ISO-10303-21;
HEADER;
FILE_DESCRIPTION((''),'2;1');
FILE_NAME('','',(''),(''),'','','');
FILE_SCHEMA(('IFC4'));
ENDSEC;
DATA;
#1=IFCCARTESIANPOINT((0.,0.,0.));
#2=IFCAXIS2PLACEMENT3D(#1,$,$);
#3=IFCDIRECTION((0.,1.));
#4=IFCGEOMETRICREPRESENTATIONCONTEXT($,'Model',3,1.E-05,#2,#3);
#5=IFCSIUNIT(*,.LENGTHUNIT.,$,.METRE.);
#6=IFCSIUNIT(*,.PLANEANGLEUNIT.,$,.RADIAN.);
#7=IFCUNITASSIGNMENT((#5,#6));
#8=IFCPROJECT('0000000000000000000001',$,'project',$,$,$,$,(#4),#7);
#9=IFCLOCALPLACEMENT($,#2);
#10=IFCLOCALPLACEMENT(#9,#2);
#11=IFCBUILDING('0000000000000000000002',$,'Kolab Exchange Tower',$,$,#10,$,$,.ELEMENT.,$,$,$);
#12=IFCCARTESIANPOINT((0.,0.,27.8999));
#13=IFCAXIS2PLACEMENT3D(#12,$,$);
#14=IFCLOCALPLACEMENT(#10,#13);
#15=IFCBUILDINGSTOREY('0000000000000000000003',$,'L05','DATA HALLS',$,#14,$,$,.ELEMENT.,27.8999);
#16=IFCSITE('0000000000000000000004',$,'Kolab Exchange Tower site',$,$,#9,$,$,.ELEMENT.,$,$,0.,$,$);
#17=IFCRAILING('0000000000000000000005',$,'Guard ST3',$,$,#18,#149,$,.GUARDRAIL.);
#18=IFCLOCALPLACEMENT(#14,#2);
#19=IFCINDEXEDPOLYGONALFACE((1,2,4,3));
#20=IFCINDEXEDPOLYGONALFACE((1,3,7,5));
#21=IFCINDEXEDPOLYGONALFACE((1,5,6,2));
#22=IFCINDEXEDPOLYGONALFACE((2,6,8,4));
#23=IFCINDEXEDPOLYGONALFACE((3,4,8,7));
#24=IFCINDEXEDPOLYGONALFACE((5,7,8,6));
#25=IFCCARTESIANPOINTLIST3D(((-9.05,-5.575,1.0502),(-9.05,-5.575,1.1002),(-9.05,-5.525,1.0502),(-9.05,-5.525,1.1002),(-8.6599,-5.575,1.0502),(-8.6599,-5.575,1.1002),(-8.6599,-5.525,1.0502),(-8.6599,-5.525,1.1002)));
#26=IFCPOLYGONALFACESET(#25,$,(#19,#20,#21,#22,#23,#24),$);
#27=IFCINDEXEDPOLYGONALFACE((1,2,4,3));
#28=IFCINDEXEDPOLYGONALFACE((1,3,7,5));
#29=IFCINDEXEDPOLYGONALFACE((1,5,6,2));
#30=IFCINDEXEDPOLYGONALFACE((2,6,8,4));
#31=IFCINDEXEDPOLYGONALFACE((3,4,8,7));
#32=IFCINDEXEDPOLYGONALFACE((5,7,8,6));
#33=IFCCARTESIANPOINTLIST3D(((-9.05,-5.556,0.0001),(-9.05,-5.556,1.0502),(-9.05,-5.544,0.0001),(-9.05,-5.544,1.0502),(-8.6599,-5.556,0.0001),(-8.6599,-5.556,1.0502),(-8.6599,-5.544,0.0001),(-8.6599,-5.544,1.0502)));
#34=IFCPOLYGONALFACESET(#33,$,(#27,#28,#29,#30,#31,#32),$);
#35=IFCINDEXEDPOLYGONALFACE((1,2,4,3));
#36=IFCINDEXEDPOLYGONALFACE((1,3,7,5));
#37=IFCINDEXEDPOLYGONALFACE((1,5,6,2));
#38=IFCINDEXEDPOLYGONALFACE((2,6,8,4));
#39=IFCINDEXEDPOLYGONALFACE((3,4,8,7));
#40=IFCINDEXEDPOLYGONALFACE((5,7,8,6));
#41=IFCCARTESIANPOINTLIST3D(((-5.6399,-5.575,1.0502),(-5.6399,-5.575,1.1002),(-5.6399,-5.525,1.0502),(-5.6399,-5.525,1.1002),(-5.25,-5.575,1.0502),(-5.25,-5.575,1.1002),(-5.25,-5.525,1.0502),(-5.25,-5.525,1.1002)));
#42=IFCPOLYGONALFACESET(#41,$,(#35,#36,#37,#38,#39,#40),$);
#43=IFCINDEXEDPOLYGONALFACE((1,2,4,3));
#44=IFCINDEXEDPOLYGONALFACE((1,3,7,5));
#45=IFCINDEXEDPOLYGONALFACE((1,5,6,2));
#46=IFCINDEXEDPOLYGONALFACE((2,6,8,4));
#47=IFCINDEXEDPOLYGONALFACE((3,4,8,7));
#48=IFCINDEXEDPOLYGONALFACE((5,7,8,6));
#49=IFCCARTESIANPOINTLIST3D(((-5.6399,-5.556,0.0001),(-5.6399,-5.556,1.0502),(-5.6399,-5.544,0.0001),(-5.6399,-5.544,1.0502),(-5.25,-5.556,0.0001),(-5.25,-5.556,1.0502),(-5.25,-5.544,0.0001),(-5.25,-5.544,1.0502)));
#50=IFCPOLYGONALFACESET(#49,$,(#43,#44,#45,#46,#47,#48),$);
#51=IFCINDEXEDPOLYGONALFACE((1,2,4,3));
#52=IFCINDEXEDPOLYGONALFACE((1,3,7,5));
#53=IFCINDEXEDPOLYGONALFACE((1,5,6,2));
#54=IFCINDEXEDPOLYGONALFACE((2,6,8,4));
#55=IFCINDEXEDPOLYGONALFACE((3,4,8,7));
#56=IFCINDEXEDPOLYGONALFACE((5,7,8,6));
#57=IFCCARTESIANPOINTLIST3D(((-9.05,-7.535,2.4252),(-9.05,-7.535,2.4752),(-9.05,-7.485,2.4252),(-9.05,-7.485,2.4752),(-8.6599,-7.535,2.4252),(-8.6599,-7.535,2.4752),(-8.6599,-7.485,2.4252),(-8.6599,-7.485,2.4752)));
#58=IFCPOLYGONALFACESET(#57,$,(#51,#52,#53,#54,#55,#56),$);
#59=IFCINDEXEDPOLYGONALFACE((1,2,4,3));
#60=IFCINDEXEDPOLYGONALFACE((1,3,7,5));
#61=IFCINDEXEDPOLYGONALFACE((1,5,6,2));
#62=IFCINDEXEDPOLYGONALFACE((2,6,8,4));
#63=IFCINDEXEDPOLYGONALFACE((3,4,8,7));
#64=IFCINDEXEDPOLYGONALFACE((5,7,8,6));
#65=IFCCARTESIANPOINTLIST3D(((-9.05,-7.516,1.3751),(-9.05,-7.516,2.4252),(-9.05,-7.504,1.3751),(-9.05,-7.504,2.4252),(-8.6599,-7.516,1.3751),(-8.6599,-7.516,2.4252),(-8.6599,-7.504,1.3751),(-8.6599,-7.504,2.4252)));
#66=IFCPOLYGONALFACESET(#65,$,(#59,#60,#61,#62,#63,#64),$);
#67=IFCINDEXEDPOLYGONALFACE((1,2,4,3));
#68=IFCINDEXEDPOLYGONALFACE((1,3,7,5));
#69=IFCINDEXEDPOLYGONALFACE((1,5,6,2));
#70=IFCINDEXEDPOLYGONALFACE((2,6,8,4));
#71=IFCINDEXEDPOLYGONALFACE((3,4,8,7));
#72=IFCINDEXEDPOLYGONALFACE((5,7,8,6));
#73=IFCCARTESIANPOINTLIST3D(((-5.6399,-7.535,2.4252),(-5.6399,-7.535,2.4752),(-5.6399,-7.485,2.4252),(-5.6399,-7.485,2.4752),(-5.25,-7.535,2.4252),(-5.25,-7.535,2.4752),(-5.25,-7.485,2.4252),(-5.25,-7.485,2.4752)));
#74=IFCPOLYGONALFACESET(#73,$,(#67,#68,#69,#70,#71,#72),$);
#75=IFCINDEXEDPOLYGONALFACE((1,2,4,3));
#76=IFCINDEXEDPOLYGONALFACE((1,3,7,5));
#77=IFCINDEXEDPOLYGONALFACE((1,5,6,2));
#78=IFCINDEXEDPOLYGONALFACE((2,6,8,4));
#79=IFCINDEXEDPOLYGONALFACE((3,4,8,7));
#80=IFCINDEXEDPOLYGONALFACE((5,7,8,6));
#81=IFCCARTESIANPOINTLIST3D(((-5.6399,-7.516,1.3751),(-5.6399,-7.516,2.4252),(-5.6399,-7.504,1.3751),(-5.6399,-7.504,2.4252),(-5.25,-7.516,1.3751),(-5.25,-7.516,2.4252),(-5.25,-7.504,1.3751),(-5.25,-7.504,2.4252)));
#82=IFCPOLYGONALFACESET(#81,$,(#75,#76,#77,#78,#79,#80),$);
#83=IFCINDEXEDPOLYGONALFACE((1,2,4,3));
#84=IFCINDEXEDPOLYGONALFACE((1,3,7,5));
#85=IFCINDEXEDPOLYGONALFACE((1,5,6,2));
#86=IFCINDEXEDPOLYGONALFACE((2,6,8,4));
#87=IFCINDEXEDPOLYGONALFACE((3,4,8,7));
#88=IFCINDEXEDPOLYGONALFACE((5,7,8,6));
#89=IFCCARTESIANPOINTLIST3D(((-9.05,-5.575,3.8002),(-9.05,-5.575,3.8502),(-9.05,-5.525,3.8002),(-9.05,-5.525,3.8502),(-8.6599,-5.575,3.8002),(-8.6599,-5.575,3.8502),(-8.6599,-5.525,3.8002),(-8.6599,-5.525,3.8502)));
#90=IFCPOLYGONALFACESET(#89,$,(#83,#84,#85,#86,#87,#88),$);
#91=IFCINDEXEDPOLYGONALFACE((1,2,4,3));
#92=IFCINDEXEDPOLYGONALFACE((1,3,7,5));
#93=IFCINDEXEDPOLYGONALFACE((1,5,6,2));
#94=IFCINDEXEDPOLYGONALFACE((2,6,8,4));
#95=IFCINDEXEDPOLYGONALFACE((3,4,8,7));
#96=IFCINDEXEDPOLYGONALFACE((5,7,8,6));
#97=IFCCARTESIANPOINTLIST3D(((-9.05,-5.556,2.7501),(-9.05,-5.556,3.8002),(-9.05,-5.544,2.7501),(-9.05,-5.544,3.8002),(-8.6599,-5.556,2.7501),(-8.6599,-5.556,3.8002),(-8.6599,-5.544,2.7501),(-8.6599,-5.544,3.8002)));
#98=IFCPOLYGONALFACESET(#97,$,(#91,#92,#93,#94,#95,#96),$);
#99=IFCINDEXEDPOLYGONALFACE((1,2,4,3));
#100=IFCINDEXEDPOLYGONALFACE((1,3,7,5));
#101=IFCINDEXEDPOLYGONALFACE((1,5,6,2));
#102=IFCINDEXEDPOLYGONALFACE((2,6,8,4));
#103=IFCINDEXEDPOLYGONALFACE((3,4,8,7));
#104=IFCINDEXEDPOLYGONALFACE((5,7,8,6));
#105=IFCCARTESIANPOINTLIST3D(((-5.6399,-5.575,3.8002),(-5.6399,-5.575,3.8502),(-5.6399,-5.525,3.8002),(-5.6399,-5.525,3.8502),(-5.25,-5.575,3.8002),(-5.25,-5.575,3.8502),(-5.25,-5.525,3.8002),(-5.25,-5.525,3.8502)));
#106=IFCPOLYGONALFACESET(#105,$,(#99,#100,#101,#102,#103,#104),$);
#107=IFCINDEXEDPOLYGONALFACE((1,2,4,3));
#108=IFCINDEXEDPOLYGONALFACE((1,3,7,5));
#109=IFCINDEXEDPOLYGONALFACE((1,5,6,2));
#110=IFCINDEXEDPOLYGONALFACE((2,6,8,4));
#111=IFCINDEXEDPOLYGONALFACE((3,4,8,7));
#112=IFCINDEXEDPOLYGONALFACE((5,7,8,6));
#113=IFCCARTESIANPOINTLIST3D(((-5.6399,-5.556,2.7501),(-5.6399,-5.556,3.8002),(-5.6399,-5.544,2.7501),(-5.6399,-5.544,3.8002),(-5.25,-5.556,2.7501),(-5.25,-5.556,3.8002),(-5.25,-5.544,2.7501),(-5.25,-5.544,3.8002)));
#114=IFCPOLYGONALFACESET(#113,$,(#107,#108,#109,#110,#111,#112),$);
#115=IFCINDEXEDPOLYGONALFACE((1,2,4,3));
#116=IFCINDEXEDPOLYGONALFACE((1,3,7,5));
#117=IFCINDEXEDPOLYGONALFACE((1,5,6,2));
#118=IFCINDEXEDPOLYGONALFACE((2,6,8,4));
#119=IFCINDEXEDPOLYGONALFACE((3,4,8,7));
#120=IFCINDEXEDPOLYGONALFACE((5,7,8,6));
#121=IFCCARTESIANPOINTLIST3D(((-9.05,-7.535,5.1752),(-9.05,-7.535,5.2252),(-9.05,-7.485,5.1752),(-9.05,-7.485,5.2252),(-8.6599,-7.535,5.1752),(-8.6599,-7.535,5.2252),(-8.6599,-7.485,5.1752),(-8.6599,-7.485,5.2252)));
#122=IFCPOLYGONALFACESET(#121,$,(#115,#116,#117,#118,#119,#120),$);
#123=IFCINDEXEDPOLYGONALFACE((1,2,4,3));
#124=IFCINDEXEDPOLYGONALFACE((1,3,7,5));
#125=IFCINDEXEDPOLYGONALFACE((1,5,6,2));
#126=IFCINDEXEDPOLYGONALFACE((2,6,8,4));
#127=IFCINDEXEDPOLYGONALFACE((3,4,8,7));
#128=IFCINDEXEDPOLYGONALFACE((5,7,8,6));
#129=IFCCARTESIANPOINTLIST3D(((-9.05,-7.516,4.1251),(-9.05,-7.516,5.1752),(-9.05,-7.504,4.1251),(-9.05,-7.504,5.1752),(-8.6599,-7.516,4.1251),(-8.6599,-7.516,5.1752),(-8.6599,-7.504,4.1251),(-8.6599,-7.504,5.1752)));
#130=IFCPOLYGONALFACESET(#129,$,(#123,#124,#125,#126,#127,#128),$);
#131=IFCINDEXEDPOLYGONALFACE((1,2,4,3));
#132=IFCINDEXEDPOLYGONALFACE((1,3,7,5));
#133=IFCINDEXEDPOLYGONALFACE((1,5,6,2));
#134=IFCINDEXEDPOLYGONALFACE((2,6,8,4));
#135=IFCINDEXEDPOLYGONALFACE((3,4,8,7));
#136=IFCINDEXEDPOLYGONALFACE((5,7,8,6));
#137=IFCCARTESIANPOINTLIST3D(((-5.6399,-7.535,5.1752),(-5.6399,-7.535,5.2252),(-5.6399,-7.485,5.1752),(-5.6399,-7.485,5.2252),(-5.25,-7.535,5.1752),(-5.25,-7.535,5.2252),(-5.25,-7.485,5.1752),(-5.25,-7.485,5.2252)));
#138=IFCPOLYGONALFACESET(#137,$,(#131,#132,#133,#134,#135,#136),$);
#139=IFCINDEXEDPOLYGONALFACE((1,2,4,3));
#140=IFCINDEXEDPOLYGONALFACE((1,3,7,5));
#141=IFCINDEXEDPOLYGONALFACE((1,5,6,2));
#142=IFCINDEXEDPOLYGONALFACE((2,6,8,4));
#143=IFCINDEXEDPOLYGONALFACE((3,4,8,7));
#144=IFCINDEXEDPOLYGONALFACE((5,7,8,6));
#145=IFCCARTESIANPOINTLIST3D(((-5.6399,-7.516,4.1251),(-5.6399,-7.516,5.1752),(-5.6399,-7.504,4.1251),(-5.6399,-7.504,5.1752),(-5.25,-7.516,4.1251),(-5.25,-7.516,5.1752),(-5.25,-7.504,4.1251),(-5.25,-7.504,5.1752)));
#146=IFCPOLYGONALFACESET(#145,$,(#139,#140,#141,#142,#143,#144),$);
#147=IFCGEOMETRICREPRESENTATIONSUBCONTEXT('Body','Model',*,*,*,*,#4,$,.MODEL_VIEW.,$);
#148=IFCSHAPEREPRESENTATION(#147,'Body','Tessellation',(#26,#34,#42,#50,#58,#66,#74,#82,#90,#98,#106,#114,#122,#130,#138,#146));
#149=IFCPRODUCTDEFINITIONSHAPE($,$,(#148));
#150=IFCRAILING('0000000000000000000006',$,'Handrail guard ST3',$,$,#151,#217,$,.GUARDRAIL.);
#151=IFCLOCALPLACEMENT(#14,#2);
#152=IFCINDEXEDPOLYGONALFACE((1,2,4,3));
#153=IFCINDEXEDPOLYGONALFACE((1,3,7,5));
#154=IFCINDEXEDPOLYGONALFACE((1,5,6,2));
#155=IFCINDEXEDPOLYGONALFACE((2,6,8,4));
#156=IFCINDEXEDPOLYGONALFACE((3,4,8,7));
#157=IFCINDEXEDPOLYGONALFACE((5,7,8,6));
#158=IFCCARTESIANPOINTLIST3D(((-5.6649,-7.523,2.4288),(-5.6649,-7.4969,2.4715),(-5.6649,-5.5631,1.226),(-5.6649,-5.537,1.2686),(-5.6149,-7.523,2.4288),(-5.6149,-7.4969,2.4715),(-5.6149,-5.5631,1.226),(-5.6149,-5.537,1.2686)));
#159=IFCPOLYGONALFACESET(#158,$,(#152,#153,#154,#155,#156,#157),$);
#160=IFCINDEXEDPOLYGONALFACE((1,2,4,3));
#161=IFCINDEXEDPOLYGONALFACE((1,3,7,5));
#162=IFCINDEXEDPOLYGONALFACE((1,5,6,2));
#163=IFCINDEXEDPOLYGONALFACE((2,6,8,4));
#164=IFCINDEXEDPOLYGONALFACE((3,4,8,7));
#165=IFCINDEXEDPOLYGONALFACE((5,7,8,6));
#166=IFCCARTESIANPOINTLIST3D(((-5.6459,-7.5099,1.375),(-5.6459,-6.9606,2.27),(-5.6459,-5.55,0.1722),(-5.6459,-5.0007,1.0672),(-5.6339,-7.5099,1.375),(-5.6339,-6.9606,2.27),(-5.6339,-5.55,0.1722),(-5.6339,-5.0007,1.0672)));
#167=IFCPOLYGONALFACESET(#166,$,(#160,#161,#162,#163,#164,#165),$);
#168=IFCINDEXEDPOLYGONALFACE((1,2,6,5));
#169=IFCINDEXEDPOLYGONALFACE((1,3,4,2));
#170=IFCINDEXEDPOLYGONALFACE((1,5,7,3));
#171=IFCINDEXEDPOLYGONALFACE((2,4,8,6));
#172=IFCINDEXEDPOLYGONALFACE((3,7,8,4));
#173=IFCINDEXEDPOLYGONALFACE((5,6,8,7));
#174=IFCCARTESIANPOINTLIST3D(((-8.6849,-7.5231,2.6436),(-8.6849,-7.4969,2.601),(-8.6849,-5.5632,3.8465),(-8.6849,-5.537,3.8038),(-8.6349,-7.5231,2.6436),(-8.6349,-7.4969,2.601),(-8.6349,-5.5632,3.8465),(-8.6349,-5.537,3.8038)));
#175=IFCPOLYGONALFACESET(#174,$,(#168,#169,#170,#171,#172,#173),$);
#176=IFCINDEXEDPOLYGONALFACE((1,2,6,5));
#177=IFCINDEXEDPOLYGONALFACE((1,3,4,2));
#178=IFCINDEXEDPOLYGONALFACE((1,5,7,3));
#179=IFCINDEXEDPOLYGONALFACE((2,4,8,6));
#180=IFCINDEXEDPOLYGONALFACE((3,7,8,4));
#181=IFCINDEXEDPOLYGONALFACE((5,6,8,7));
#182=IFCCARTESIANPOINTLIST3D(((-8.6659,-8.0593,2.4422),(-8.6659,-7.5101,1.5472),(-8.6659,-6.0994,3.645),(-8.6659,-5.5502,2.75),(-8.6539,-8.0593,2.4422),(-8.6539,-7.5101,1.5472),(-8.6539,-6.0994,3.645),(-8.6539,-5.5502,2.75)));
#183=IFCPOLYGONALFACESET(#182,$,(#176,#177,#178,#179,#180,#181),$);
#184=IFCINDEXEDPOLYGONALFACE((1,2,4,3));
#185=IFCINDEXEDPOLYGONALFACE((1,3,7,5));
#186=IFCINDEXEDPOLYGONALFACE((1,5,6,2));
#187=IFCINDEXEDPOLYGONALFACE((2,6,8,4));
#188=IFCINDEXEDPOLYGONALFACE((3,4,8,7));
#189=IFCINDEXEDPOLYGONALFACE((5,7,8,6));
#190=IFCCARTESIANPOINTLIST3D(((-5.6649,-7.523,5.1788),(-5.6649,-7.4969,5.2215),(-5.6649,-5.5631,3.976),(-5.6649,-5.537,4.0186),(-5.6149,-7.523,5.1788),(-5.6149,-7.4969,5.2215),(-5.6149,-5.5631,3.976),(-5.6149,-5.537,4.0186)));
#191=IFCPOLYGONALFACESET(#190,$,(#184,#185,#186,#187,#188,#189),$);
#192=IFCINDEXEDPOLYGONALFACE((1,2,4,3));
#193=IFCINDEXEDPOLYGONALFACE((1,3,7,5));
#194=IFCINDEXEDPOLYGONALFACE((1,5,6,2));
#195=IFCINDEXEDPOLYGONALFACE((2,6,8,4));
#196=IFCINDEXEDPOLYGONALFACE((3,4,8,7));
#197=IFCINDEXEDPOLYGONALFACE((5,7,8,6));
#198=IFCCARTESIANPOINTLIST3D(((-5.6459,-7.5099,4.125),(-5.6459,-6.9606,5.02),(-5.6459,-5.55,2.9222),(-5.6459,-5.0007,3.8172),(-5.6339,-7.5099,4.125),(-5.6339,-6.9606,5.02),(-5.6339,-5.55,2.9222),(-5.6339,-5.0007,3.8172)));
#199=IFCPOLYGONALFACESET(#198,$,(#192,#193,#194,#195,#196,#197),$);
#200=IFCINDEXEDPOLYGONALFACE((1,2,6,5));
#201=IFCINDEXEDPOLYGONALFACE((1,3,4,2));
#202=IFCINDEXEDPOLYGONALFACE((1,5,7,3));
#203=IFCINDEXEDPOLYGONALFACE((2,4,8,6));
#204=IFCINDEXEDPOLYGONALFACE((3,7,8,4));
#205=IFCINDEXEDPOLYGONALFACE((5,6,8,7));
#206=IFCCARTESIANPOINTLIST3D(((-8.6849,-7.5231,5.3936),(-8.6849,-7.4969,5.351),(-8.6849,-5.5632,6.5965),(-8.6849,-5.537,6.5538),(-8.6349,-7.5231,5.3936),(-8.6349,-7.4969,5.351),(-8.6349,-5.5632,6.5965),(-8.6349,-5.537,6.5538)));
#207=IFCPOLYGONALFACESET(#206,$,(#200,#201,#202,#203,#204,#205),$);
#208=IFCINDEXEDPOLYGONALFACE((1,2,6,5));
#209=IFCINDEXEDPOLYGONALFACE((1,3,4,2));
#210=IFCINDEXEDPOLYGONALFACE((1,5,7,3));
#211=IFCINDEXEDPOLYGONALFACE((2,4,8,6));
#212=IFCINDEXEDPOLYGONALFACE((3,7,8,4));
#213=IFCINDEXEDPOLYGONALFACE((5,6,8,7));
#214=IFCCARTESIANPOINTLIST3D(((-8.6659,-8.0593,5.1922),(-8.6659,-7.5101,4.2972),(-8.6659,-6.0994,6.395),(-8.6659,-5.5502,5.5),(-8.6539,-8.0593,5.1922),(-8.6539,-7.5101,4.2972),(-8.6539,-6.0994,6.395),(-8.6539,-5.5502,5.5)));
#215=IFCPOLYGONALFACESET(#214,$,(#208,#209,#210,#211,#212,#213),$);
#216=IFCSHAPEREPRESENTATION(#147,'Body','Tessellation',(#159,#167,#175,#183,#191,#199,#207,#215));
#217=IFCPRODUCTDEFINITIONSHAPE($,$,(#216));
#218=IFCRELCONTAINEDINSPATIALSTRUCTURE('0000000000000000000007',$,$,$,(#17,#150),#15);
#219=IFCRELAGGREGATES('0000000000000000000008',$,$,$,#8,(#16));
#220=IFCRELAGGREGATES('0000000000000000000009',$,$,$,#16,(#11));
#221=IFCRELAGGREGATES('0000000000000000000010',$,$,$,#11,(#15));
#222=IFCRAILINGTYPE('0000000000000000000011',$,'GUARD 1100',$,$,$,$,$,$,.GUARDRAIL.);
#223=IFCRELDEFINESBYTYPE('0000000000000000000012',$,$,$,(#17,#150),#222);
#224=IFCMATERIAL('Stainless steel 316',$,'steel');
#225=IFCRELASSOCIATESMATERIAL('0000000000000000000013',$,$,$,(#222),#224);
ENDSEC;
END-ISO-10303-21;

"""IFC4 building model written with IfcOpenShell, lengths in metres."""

from ifc_helpers import new_model, si_unit, direction, frame, frame_2d, origin, origin_2d, place, context, subcontext, project, spatial, rectangle, extrude, material, type_object, element, save


model = new_model("IFC4")

# Units and contexts
model_context = context("Model", 3, precision=1e-05, world=origin(), true_north=direction((0.0, 1.0)))
body_context = subcontext(model_context, "Body", "Model", "MODEL_VIEW")
ifc_project = project(units=[si_unit("LENGTHUNIT", "METRE"), si_unit("PLANEANGLEUNIT", "RADIAN")], contexts=[model_context])

# Site, building, storey
site_placement = place(None, origin())
site = spatial("IfcSite", under=ifc_project, at=site_placement, Name="Kolab Exchange Tower site", CompositionType="ELEMENT", RefElevation=0.0)
building_placement = place(site_placement, origin())
building = spatial("IfcBuilding", under=site, at=building_placement, Name="Kolab Exchange Tower", CompositionType="ELEMENT")
storey_placement = place(building_placement, frame((0.0, 0.0, 27.8999)))
storey = spatial("IfcBuildingStorey", under=building, at=storey_placement, Name="L05", Description="DATA HALLS", CompositionType="ELEMENT", Elevation=27.8999)

# Shared definitions
ifc_material_1 = material(Name="Stainless steel 316", Category="steel")

# Railings
railing_type = type_object("IfcRailingType", Name="GUARD 1100", PredefinedType="GUARDRAIL", material=ifc_material_1)
railing_1_placement = place(storey_placement, frame((-9.05, -5.55, 0.0)))
element("IfcRailing", 1, at=railing_1_placement, inside=storey, type_object=railing_type, Name="Guard ST3", PredefinedType="GUARDRAIL", context=body_context, shape_type="SweptSolid", body=[
    extrude(rectangle(XDim=0.05, YDim=0.05, at=origin_2d()), frame((0.0, 0.0, 1.0752), z_axis=(1.0, 0.0, 0.0), x_axis=(0.0, 1.0, 0.0)), (0.0, 0.0, 1.0), 0.3901),
    extrude(rectangle(XDim=0.012, YDim=1.0501, at=frame_2d((0.0, 0.5251))), frame((0.0, 0.0, 0.0), z_axis=(1.0, 0.0, 0.0), x_axis=(0.0, 1.0, 0.0)), (0.0, 0.0, 1.0), 0.3901),
    extrude(rectangle(XDim=0.05, YDim=0.05, at=origin_2d()), frame((3.4102, 0.0, 1.0752), z_axis=(1.0, 0.0, 0.0), x_axis=(0.0, 1.0, 0.0)), (0.0, 0.0, 1.0), 0.3899),
    extrude(rectangle(XDim=0.012, YDim=1.0501, at=frame_2d((0.0, 0.5251))), frame((3.4102, 0.0, 0.0), z_axis=(1.0, 0.0, 0.0), x_axis=(0.0, 1.0, 0.0)), (0.0, 0.0, 1.0), 0.3899),
    extrude(rectangle(XDim=0.05, YDim=0.05, at=origin_2d()), frame((0.0, -1.96, 2.4502), z_axis=(1.0, 0.0, 0.0), x_axis=(0.0, 1.0, 0.0)), (0.0, 0.0, 1.0), 0.3901),
    extrude(rectangle(XDim=0.012, YDim=1.0501, at=frame_2d((0.0, 0.5251))), frame((0.0, -1.96, 1.375), z_axis=(1.0, 0.0, 0.0), x_axis=(0.0, 1.0, 0.0)), (0.0, 0.0, 1.0), 0.3901),
    extrude(rectangle(XDim=0.05, YDim=0.05, at=origin_2d()), frame((3.4102, -1.96, 2.4502), z_axis=(1.0, 0.0, 0.0), x_axis=(0.0, 1.0, 0.0)), (0.0, 0.0, 1.0), 0.3899),
    extrude(rectangle(XDim=0.012, YDim=1.0501, at=frame_2d((0.0, 0.5251))), frame((3.4102, -1.96, 1.375), z_axis=(1.0, 0.0, 0.0), x_axis=(0.0, 1.0, 0.0)), (0.0, 0.0, 1.0), 0.3899),
    extrude(rectangle(XDim=0.05, YDim=0.05, at=origin_2d()), frame((0.0, 0.0, 3.8252), z_axis=(1.0, 0.0, 0.0), x_axis=(0.0, 1.0, 0.0)), (0.0, 0.0, 1.0), 0.3901),
    extrude(rectangle(XDim=0.012, YDim=1.0501, at=frame_2d((0.0, 0.5251))), frame((0.0, 0.0, 2.75), z_axis=(1.0, 0.0, 0.0), x_axis=(0.0, 1.0, 0.0)), (0.0, 0.0, 1.0), 0.3901),
    extrude(rectangle(XDim=0.05, YDim=0.05, at=origin_2d()), frame((3.4102, 0.0, 3.8252), z_axis=(1.0, 0.0, 0.0), x_axis=(0.0, 1.0, 0.0)), (0.0, 0.0, 1.0), 0.3899),
    extrude(rectangle(XDim=0.012, YDim=1.0501, at=frame_2d((0.0, 0.5251))), frame((3.4102, 0.0, 2.75), z_axis=(1.0, 0.0, 0.0), x_axis=(0.0, 1.0, 0.0)), (0.0, 0.0, 1.0), 0.3899),
    extrude(rectangle(XDim=0.05, YDim=0.05, at=origin_2d()), frame((0.0, -1.96, 5.2002), z_axis=(1.0, 0.0, 0.0), x_axis=(0.0, 1.0, 0.0)), (0.0, 0.0, 1.0), 0.3901),
    extrude(rectangle(XDim=0.012, YDim=1.0501, at=frame_2d((0.0, 0.5251))), frame((0.0, -1.96, 4.125), z_axis=(1.0, 0.0, 0.0), x_axis=(0.0, 1.0, 0.0)), (0.0, 0.0, 1.0), 0.3901),
    extrude(rectangle(XDim=0.05, YDim=0.05, at=origin_2d()), frame((3.4102, -1.96, 5.2002), z_axis=(1.0, 0.0, 0.0), x_axis=(0.0, 1.0, 0.0)), (0.0, 0.0, 1.0), 0.3899),
    extrude(rectangle(XDim=0.012, YDim=1.0501, at=frame_2d((0.0, 0.5251))), frame((3.4102, -1.96, 4.125), z_axis=(1.0, 0.0, 0.0), x_axis=(0.0, 1.0, 0.0)), (0.0, 0.0, 1.0), 0.3899),
])
railing_2_placement = place(storey_placement, frame((-5.6399, -5.55, 0.1721)))
element("IfcRailing", 2, at=railing_2_placement, inside=storey, type_object=railing_type, Name="Handrail guard ST3", PredefinedType="GUARDRAIL", context=body_context, shape_type="SweptSolid", body=[
    extrude(rectangle(XDim=0.05, YDim=0.05, at=origin_2d()), frame((0.0, 0.0, 1.0752), z_axis=(0.0, -0.852288, 0.523072), x_axis=(1.0, 0.0, 0.0)), (0.0, 0.0, 1.0), 2.2996),
    extrude(rectangle(XDim=0.012, YDim=1.0501, at=frame_2d((0.0, 0.5251))), frame((0.0, 0.0, 0.0), z_axis=(0.0, -0.852288, 0.523072), x_axis=(1.0, 0.0, 0.0)), (0.0, 0.0, 1.0), 2.2996),
    extrude(rectangle(XDim=0.05, YDim=0.05, at=origin_2d()), frame((-3.02, -1.96, 2.4502), z_axis=(0.0, 0.852288, 0.523072), x_axis=(-1.0, 0.0, 0.0)), (0.0, 0.0, 1.0), 2.2996),
    extrude(rectangle(XDim=0.012, YDim=1.0501, at=frame_2d((0.0, 0.5251))), frame((-3.02, -1.96, 1.375), z_axis=(0.0, 0.852288, 0.523072), x_axis=(-1.0, 0.0, 0.0)), (0.0, 0.0, 1.0), 2.2996),
    extrude(rectangle(XDim=0.05, YDim=0.05, at=origin_2d()), frame((0.0, 0.0, 3.8252), z_axis=(0.0, -0.852288, 0.523072), x_axis=(1.0, 0.0, 0.0)), (0.0, 0.0, 1.0), 2.2996),
    extrude(rectangle(XDim=0.012, YDim=1.0501, at=frame_2d((0.0, 0.5251))), frame((0.0, 0.0, 2.75), z_axis=(0.0, -0.852288, 0.523072), x_axis=(1.0, 0.0, 0.0)), (0.0, 0.0, 1.0), 2.2996),
    extrude(rectangle(XDim=0.05, YDim=0.05, at=origin_2d()), frame((-3.02, -1.96, 5.2002), z_axis=(0.0, 0.852288, 0.523072), x_axis=(-1.0, 0.0, 0.0)), (0.0, 0.0, 1.0), 2.2996),
    extrude(rectangle(XDim=0.012, YDim=1.0501, at=frame_2d((0.0, 0.5251))), frame((-3.02, -1.96, 4.125), z_axis=(0.0, 0.852288, 0.523072), x_axis=(-1.0, 0.0, 0.0)), (0.0, 0.0, 1.0), 2.2996),
])

save(model, "model.ifc")
